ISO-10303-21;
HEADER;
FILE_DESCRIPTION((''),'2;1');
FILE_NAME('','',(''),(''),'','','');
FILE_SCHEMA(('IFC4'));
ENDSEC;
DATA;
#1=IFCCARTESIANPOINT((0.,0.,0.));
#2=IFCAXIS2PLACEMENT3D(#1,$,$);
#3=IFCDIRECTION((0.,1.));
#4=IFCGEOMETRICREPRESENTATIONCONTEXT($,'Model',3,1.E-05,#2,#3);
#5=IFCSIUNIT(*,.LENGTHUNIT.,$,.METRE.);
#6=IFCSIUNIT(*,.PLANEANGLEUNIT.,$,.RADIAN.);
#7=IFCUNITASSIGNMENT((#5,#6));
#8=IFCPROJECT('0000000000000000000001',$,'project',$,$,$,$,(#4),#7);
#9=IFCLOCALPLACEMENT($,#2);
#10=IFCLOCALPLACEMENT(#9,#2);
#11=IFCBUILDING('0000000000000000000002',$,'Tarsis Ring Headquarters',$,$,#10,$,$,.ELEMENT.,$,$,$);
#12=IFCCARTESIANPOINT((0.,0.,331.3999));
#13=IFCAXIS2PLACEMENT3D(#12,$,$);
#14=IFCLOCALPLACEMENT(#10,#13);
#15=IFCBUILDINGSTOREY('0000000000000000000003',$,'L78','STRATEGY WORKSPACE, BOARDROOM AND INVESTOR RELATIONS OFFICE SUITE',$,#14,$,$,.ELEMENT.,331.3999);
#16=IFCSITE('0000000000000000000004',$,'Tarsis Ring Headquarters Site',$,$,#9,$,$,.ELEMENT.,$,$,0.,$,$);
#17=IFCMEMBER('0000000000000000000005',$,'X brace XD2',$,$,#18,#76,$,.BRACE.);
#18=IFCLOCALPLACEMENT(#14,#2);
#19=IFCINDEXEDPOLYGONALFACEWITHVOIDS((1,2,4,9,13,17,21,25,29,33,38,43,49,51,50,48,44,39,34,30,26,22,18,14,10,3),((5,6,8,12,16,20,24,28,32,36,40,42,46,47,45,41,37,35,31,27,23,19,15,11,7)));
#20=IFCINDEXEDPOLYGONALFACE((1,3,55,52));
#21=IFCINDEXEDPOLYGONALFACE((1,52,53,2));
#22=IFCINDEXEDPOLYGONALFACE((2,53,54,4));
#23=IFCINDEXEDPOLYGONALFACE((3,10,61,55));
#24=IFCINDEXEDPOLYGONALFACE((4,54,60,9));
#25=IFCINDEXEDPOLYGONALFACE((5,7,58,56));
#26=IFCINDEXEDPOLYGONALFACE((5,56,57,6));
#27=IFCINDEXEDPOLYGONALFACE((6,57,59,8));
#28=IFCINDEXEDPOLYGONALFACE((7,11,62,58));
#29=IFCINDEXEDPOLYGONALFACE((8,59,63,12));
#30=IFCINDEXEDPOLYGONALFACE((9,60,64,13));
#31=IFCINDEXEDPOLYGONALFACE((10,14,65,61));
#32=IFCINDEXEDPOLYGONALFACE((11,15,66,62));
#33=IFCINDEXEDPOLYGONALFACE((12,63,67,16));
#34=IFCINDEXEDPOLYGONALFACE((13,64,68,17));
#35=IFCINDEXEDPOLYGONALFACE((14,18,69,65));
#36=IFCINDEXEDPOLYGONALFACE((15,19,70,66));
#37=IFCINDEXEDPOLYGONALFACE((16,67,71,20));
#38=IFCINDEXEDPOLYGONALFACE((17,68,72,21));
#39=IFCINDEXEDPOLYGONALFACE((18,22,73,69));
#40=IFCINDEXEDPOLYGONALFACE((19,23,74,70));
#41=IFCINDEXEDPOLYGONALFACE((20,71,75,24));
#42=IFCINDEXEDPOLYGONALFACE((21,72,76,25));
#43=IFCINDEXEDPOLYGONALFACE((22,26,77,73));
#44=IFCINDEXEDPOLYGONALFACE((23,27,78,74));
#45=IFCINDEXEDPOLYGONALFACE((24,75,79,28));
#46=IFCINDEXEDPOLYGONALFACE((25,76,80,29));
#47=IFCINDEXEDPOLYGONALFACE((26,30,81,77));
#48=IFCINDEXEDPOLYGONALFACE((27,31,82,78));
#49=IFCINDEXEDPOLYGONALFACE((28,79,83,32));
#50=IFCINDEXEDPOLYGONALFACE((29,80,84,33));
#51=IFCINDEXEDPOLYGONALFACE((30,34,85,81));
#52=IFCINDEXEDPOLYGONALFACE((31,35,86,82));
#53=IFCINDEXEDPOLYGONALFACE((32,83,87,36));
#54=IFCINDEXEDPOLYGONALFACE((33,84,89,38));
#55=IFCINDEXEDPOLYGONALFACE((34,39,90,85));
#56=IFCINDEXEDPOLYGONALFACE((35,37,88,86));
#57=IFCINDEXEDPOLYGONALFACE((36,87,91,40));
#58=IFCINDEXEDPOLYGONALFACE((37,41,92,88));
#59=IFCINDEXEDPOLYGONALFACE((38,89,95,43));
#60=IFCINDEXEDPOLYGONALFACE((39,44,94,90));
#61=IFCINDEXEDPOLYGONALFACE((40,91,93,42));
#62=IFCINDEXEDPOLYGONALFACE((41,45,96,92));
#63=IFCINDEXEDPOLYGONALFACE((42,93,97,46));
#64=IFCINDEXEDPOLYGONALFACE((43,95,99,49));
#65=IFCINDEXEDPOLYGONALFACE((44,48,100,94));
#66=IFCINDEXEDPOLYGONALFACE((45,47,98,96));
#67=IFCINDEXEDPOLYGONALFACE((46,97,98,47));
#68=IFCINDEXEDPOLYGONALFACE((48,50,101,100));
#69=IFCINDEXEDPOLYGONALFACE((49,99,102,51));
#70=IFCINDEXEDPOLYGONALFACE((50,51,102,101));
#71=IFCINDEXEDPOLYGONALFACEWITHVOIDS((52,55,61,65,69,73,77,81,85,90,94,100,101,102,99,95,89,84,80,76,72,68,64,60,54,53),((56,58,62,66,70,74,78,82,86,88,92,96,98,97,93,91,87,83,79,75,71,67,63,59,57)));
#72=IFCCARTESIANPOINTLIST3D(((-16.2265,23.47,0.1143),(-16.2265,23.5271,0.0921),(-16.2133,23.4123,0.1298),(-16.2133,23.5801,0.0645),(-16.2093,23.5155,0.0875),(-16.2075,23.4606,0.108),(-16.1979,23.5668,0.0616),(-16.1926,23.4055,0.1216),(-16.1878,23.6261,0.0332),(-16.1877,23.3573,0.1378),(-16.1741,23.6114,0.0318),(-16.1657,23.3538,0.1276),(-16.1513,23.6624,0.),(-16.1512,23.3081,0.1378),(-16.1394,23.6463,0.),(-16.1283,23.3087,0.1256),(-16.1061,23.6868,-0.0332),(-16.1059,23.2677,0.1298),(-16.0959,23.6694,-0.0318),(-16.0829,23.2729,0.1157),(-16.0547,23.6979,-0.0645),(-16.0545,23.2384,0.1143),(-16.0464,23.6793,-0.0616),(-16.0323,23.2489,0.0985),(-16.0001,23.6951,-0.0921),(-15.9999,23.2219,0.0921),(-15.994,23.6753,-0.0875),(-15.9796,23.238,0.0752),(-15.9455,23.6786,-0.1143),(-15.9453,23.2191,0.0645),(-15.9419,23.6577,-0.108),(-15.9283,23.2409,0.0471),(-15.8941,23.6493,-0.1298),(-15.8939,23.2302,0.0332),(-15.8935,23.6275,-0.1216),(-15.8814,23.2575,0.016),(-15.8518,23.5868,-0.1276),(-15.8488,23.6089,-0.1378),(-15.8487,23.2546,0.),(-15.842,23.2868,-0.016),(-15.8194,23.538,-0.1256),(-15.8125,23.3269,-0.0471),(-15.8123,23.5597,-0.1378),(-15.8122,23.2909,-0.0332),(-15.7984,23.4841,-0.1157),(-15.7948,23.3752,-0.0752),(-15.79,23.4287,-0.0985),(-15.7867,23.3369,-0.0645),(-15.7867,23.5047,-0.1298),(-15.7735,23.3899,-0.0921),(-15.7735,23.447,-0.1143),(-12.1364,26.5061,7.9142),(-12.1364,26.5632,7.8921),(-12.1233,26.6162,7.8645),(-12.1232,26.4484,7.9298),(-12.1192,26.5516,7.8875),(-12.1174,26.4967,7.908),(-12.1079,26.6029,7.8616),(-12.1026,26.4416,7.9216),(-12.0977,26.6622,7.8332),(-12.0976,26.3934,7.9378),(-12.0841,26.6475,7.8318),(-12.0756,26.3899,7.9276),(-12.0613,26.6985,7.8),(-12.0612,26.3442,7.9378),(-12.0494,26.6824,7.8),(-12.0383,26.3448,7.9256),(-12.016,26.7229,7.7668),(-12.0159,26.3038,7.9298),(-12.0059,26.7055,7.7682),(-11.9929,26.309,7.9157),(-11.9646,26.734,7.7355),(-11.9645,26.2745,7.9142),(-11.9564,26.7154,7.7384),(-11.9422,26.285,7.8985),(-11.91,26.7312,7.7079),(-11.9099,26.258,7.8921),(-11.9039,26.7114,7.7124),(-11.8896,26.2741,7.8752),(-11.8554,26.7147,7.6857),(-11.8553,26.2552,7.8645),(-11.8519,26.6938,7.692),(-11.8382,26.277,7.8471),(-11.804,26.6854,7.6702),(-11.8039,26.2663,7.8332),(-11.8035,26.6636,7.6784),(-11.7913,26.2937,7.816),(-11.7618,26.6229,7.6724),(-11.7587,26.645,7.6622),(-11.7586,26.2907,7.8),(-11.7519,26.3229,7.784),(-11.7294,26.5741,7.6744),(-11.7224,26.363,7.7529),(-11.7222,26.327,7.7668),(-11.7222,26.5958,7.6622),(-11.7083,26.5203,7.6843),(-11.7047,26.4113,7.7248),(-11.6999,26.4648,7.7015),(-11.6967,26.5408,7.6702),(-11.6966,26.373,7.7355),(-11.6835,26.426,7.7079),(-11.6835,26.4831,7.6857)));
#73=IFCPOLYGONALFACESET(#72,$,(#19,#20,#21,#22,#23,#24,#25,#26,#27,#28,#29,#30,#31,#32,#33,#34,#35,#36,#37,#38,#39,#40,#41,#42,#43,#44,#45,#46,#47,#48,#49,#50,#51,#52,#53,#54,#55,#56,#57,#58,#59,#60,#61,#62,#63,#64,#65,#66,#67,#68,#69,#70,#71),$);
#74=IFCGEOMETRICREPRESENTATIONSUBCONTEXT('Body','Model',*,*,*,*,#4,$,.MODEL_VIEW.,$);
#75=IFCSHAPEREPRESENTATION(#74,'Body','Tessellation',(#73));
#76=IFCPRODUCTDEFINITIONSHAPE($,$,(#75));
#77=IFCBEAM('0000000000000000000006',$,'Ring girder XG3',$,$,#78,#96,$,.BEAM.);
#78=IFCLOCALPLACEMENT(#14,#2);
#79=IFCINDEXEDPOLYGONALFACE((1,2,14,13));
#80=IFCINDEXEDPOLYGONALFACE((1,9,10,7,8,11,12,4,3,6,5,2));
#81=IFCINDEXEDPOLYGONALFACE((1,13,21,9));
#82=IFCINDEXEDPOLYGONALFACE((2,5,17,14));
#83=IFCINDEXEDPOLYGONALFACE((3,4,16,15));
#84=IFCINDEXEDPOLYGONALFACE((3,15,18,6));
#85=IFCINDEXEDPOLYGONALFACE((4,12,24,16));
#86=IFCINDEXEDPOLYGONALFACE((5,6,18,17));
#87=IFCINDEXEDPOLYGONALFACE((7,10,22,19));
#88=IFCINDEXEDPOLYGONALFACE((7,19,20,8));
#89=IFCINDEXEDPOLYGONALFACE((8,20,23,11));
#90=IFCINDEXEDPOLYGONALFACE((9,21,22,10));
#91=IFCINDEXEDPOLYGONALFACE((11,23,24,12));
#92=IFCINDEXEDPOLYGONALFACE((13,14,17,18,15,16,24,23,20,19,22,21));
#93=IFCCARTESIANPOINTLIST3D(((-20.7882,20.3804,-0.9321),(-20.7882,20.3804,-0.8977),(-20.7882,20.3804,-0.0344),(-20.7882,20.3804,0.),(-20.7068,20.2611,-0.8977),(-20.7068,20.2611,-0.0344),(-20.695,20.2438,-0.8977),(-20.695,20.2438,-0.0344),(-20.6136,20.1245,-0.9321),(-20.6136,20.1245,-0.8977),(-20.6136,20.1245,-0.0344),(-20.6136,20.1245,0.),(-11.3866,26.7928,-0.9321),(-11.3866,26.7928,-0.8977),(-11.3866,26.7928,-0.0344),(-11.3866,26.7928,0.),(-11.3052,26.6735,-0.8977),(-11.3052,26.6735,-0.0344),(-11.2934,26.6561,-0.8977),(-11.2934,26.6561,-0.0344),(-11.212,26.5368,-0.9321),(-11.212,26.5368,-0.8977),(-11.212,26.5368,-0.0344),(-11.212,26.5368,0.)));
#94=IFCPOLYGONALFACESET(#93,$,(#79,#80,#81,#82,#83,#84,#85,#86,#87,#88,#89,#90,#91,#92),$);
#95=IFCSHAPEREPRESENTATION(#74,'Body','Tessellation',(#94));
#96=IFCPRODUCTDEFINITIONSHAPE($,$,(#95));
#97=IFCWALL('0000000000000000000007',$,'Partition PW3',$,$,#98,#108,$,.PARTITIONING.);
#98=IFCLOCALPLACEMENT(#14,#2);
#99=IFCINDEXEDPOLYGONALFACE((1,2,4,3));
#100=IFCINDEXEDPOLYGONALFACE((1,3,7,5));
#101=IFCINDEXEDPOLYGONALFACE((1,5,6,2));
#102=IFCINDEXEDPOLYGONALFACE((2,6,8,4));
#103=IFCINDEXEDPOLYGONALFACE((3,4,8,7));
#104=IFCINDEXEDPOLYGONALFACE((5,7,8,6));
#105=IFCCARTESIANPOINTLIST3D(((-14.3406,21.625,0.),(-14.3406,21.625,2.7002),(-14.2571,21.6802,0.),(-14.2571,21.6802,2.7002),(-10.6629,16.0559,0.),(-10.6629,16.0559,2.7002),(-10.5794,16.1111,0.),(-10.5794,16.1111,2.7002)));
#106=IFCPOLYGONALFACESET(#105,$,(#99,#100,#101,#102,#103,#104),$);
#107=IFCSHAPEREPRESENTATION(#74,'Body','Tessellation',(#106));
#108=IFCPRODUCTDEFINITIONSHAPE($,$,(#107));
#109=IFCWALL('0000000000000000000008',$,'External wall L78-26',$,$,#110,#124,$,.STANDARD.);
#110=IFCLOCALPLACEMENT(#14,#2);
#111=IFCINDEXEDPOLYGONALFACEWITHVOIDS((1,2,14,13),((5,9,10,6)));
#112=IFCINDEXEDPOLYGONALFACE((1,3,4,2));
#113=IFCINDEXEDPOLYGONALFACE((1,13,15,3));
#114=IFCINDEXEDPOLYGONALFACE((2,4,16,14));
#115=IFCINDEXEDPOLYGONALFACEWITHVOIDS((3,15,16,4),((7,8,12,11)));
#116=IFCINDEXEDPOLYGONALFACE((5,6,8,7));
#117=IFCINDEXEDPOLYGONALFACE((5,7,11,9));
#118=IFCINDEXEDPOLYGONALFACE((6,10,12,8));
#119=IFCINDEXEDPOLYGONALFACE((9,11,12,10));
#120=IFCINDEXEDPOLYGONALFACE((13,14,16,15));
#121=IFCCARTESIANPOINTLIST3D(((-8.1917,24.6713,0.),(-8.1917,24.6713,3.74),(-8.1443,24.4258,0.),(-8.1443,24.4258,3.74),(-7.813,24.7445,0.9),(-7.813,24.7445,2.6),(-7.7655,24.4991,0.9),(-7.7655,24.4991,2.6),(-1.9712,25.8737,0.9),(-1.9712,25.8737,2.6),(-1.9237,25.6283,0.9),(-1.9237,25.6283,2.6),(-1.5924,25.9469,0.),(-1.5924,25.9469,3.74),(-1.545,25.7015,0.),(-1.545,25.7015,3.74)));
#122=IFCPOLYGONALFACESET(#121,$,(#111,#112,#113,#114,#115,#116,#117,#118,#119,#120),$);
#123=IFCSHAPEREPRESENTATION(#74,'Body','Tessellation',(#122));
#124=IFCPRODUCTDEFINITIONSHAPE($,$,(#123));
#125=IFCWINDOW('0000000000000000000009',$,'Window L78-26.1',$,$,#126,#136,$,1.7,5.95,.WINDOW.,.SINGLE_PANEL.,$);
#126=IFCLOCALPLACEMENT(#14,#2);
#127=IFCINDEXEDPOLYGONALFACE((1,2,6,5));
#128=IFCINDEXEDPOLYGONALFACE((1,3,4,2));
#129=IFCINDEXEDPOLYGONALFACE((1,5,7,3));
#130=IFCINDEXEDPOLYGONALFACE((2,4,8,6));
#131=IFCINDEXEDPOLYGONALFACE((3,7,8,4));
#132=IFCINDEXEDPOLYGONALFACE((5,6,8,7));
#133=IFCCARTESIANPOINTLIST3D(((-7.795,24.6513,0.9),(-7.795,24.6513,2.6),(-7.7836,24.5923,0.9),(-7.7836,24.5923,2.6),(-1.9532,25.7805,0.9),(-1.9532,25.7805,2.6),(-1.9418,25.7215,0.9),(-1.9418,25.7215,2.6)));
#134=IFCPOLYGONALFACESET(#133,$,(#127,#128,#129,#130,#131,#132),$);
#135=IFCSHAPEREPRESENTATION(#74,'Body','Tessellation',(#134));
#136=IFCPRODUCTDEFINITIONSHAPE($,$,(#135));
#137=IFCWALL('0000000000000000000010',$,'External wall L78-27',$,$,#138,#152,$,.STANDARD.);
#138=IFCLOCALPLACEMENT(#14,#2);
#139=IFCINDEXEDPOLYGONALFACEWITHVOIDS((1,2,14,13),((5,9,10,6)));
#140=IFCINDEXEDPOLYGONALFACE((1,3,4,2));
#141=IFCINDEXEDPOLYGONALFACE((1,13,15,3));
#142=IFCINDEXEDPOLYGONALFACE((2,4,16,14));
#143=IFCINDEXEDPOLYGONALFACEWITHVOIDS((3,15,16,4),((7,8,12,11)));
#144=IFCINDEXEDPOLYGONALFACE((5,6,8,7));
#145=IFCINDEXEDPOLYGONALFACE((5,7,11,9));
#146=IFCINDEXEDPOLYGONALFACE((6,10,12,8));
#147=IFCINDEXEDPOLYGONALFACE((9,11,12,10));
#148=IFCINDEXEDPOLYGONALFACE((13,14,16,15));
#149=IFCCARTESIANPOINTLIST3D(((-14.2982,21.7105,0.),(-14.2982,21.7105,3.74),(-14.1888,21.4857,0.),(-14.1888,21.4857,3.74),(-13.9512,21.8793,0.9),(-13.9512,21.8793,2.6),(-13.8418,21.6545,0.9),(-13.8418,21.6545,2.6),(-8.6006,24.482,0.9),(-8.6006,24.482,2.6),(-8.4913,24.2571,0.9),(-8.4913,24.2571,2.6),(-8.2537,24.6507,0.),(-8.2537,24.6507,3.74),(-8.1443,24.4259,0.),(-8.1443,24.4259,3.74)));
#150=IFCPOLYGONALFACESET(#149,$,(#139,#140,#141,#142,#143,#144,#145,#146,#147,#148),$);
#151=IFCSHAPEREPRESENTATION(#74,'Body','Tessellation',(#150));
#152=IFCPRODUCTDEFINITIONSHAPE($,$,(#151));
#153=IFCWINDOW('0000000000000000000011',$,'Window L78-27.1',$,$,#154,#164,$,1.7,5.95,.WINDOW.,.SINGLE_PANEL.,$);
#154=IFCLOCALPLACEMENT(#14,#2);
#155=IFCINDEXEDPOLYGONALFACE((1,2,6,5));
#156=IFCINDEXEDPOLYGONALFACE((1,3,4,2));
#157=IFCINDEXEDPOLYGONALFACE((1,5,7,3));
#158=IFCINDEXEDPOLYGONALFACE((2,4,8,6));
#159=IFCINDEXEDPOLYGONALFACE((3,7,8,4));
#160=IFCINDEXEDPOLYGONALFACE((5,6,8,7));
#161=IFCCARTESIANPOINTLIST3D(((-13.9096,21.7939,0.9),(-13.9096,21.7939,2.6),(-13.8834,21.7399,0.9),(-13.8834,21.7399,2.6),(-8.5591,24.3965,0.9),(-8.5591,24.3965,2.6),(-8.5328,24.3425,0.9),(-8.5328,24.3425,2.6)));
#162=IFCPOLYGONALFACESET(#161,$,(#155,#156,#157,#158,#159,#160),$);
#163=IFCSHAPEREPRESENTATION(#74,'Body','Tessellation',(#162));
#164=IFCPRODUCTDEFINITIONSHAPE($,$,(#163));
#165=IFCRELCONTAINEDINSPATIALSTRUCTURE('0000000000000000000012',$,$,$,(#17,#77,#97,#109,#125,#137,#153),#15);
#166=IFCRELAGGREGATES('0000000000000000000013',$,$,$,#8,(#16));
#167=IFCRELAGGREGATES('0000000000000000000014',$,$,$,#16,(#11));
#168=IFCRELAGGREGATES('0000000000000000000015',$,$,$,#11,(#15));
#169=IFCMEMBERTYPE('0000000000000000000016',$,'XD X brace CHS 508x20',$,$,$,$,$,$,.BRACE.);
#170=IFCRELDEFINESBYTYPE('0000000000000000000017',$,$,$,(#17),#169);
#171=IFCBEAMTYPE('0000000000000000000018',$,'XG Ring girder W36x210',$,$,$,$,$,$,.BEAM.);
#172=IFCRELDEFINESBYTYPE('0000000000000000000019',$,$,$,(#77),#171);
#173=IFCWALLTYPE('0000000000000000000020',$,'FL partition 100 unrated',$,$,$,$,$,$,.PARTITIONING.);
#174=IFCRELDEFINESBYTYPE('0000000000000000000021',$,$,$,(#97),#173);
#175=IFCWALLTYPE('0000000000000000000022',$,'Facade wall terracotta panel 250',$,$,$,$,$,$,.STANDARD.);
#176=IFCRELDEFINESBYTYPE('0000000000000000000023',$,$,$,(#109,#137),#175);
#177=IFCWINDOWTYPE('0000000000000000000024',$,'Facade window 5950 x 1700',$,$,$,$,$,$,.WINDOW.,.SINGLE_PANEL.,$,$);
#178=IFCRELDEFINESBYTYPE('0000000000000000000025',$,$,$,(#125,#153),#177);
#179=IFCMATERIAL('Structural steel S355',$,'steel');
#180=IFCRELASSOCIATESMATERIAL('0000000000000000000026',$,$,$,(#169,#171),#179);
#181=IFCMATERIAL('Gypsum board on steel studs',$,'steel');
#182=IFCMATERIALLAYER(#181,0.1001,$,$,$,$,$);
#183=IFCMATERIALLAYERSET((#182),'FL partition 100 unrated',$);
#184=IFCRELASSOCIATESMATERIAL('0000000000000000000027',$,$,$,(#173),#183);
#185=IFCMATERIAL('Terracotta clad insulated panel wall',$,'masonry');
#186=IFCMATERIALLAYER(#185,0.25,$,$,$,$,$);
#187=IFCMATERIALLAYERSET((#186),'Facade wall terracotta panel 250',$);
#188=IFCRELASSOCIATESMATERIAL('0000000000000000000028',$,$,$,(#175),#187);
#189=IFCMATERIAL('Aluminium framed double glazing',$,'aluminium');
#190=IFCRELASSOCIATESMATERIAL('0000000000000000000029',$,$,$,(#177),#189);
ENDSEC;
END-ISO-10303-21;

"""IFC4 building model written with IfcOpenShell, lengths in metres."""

from ifc_helpers import new_model, si_unit, direction, frame, frame_2d, origin, origin_2d, place, context, subcontext, project, spatial, rectangle, hollow_circle, i_section, extrude, material, layer, layer_set, material_profile, profile_set, type_object, element, fill, save


model = new_model("IFC4")

# Units and contexts
model_context = context("Model", 3, precision=1e-05, world=origin(), true_north=direction((0.0, 1.0)))
body_context = subcontext(model_context, "Body", "Model", "MODEL_VIEW")
ifc_project = project(units=[si_unit("LENGTHUNIT", "METRE"), si_unit("PLANEANGLEUNIT", "RADIAN")], contexts=[model_context])

# Site, building, storey
site_placement = place(None, origin())
site = spatial("IfcSite", under=ifc_project, at=site_placement, Name="Tarsis Ring Headquarters Site", CompositionType="ELEMENT", RefElevation=0.0)
building_placement = place(site_placement, origin())
building = spatial("IfcBuilding", under=site, at=building_placement, Name="Tarsis Ring Headquarters", CompositionType="ELEMENT")
storey_placement = place(building_placement, frame((0.0, 0.0, 331.3999)))
storey = spatial("IfcBuildingStorey", under=building, at=storey_placement, Name="L78", Description="STRATEGY WORKSPACE, BOARDROOM AND INVESTOR RELATIONS OFFICE SUITE", CompositionType="ELEMENT", Elevation=331.3999)

# Shared definitions
ifc_material_1 = material(Name="Structural steel S355", Category="steel")

# Member
ifc_material_profile_1 = material_profile(ifc_material_1, hollow_circle(Radius=0.2539, WallThickness=0.02, at=origin_2d()), Name="CHS 508x20")
ifc_profile_set_1 = profile_set([ifc_material_profile_1], Name="Structural steel S355")
member_type = type_object("IfcMemberType", Name="XD X brace CHS 508x20", PredefinedType="BRACE", material=ifc_profile_set_1)
member_1_placement = place(storey_placement, frame((-16.0, 23.4585, 0.0), z_axis=(0.439039, 0.325906, 0.837275), x_axis=(-0.596043, 0.802952, 0.0)))
element("IfcMember", 1, at=member_1_placement, inside=storey, type_object=member_type, Name="X brace XD2", PredefinedType="BRACE", context=body_context, shape_type="SweptSolid", body=[
    extrude(hollow_circle(Radius=0.2539, WallThickness=0.02, at=origin_2d()), origin(), (0.0, 0.0, 1.0), 9.3159),
])

# Beam
ifc_material_profile_2 = material_profile(ifc_material_1, i_section(OverallWidth=0.3098, OverallDepth=0.9321, WebThickness=0.021, FlangeThickness=0.0344, at=origin_2d()), Name="W36x210")
ifc_profile_set_2 = profile_set([ifc_material_profile_2], Name="Structural steel S355")
beam_type_1 = type_object("IfcBeamType", Name="XG Ring girder W36x210", PredefinedType="BEAM", material=ifc_profile_set_2)
beam_1_placement = place(storey_placement, frame((-11.2993, 26.6648, -0.4661), z_axis=(-0.826139, -0.563467, 0.0), x_axis=(0.563467, -0.826139, 0.0)))
element("IfcBeam", 2, at=beam_1_placement, inside=storey, type_object=beam_type_1, Name="Ring girder XG3", PredefinedType="BEAM", context=body_context, shape_type="SweptSolid", body=[
    extrude(i_section(OverallWidth=0.3098, OverallDepth=0.9321, WebThickness=0.021, FlangeThickness=0.0344, at=origin_2d()), origin(), (0.0, 0.0, 1.0), 11.3801),
])

# Wall
ifc_material_2 = material(Name="Gypsum board on steel studs", Category="steel")
ifc_layer_1 = layer(ifc_material_2, 0.1001)
ifc_layer_set_1 = layer_set([ifc_layer_1], Name="FL partition 100 unrated")
wall_type_1 = type_object("IfcWallType", Name="FL partition 100 unrated", PredefinedType="PARTITIONING", material=ifc_layer_set_1)
wall_1_placement = place(storey_placement, frame((-14.2988, 21.6526, 0.0), z_axis=(0.0, 0.0, 1.0), x_axis=(0.551065, -0.834462, 0.0)))
element("IfcWall", 3, at=wall_1_placement, inside=storey, type_object=wall_type_1, Name="Partition PW3", PredefinedType="PARTITIONING", context=body_context, shape_type="SweptSolid", body=[
    extrude(rectangle(XDim=6.6738, YDim=0.1001, at=frame_2d((3.3369, 0.0))), origin(), (0.0, 0.0, 1.0), 2.7002),
])

# Walls, openings, windows
ifc_material_3 = material(Name="Terracotta clad insulated panel wall", Category="masonry")
ifc_layer_2 = layer(ifc_material_3, 0.25)
ifc_layer_set_2 = layer_set([ifc_layer_2], Name="Facade wall terracotta panel 250")
wall_type_2 = type_object("IfcWallType", Name="Facade wall terracotta panel 250", PredefinedType="STANDARD", material=ifc_layer_set_2)
wall_2_placement = place(storey_placement, frame((-1.5686, 25.8242, 0.0), z_axis=(0.0, 0.0, 1.0), x_axis=(-0.981826, -0.189784, 0.0)))
wall_2 = element("IfcWall", 4, at=wall_2_placement, inside=storey, type_object=wall_type_2, Name="External wall L78-26", PredefinedType="STANDARD", context=body_context, shape_type="SweptSolid", body=[
    extrude(rectangle(XDim=6.7214, YDim=0.25, at=frame_2d((3.3608, 0.0))), origin(), (0.0, 0.0, 1.0), 3.74),
])
opening_1_placement = place(wall_2_placement, frame((0.3857, 0.0, 0.8999)))
opening_1 = element("IfcOpeningElement", 5, at=opening_1_placement, cuts=wall_2, PredefinedType="OPENING", context=body_context, shape_type="SweptSolid", body=[
    extrude(rectangle(XDim=5.95, YDim=1.7, at=frame_2d((2.9751, 0.8501))), frame((0.0, 0.135, 0.0), z_axis=(0.0, -1.0, 0.0), x_axis=(1.0, 0.0, 0.0)), (0.0, 0.0, 1.0), 0.27),
])
ifc_material_4 = material(Name="Aluminium framed double glazing", Category="aluminium")
window_type = type_object("IfcWindowType", Name="Facade window 5950 x 1700", PartitioningType="SINGLE_PANEL", PredefinedType="WINDOW", material=ifc_material_4)
window_1_placement = place(opening_1_placement, origin())
window_1 = element("IfcWindow", 6, at=window_1_placement, inside=storey, type_object=window_type, Name="Window L78-26.1", OverallHeight=1.7, OverallWidth=5.95, PartitioningType="SINGLE_PANEL", PredefinedType="WINDOW", context=body_context, shape_type="SweptSolid", body=[
    extrude(rectangle(XDim=5.95, YDim=1.7, at=frame_2d((2.9751, 0.8501))), frame((0.0, 0.03, 0.0), z_axis=(0.0, -1.0, 0.0), x_axis=(1.0, 0.0, 0.0)), (0.0, 0.0, 1.0), 0.0601),
])
fill(opening_1, window_1)
wall_3_placement = place(storey_placement, frame((-8.199, 24.5383, 0.0), z_axis=(0.0, 0.0, 1.0), x_axis=(-0.899256, -0.437424, 0.0)))
wall_3 = element("IfcWall", 7, at=wall_3_placement, inside=storey, type_object=wall_type_2, Name="External wall L78-27", PredefinedType="STANDARD", context=body_context, shape_type="SweptSolid", body=[
    extrude(rectangle(XDim=6.7217, YDim=0.25, at=frame_2d((3.3608, 0.0))), origin(), (0.0, 0.0, 1.0), 3.74),
])
opening_2_placement = place(wall_3_placement, frame((0.3857, 0.0, 0.8999)))
opening_2 = element("IfcOpeningElement", 8, at=opening_2_placement, cuts=wall_3, PredefinedType="OPENING", context=body_context, shape_type="SweptSolid", body=[
    extrude(rectangle(XDim=5.95, YDim=1.7, at=frame_2d((2.9751, 0.8501))), frame((0.0, 0.135, 0.0), z_axis=(0.0, -1.0, 0.0), x_axis=(1.0, 0.0, 0.0)), (0.0, 0.0, 1.0), 0.27),
])
window_2_placement = place(opening_2_placement, origin())
window_2 = element("IfcWindow", 9, at=window_2_placement, inside=storey, type_object=window_type, Name="Window L78-27.1", OverallHeight=1.7, OverallWidth=5.95, PartitioningType="SINGLE_PANEL", PredefinedType="WINDOW", context=body_context, shape_type="SweptSolid", body=[
    extrude(rectangle(XDim=5.95, YDim=1.7, at=frame_2d((2.9751, 0.8501))), frame((0.0, 0.03, 0.0), z_axis=(0.0, -1.0, 0.0), x_axis=(1.0, 0.0, 0.0)), (0.0, 0.0, 1.0), 0.0601),
])
fill(opening_2, window_2)

save(model, "model.ifc")
